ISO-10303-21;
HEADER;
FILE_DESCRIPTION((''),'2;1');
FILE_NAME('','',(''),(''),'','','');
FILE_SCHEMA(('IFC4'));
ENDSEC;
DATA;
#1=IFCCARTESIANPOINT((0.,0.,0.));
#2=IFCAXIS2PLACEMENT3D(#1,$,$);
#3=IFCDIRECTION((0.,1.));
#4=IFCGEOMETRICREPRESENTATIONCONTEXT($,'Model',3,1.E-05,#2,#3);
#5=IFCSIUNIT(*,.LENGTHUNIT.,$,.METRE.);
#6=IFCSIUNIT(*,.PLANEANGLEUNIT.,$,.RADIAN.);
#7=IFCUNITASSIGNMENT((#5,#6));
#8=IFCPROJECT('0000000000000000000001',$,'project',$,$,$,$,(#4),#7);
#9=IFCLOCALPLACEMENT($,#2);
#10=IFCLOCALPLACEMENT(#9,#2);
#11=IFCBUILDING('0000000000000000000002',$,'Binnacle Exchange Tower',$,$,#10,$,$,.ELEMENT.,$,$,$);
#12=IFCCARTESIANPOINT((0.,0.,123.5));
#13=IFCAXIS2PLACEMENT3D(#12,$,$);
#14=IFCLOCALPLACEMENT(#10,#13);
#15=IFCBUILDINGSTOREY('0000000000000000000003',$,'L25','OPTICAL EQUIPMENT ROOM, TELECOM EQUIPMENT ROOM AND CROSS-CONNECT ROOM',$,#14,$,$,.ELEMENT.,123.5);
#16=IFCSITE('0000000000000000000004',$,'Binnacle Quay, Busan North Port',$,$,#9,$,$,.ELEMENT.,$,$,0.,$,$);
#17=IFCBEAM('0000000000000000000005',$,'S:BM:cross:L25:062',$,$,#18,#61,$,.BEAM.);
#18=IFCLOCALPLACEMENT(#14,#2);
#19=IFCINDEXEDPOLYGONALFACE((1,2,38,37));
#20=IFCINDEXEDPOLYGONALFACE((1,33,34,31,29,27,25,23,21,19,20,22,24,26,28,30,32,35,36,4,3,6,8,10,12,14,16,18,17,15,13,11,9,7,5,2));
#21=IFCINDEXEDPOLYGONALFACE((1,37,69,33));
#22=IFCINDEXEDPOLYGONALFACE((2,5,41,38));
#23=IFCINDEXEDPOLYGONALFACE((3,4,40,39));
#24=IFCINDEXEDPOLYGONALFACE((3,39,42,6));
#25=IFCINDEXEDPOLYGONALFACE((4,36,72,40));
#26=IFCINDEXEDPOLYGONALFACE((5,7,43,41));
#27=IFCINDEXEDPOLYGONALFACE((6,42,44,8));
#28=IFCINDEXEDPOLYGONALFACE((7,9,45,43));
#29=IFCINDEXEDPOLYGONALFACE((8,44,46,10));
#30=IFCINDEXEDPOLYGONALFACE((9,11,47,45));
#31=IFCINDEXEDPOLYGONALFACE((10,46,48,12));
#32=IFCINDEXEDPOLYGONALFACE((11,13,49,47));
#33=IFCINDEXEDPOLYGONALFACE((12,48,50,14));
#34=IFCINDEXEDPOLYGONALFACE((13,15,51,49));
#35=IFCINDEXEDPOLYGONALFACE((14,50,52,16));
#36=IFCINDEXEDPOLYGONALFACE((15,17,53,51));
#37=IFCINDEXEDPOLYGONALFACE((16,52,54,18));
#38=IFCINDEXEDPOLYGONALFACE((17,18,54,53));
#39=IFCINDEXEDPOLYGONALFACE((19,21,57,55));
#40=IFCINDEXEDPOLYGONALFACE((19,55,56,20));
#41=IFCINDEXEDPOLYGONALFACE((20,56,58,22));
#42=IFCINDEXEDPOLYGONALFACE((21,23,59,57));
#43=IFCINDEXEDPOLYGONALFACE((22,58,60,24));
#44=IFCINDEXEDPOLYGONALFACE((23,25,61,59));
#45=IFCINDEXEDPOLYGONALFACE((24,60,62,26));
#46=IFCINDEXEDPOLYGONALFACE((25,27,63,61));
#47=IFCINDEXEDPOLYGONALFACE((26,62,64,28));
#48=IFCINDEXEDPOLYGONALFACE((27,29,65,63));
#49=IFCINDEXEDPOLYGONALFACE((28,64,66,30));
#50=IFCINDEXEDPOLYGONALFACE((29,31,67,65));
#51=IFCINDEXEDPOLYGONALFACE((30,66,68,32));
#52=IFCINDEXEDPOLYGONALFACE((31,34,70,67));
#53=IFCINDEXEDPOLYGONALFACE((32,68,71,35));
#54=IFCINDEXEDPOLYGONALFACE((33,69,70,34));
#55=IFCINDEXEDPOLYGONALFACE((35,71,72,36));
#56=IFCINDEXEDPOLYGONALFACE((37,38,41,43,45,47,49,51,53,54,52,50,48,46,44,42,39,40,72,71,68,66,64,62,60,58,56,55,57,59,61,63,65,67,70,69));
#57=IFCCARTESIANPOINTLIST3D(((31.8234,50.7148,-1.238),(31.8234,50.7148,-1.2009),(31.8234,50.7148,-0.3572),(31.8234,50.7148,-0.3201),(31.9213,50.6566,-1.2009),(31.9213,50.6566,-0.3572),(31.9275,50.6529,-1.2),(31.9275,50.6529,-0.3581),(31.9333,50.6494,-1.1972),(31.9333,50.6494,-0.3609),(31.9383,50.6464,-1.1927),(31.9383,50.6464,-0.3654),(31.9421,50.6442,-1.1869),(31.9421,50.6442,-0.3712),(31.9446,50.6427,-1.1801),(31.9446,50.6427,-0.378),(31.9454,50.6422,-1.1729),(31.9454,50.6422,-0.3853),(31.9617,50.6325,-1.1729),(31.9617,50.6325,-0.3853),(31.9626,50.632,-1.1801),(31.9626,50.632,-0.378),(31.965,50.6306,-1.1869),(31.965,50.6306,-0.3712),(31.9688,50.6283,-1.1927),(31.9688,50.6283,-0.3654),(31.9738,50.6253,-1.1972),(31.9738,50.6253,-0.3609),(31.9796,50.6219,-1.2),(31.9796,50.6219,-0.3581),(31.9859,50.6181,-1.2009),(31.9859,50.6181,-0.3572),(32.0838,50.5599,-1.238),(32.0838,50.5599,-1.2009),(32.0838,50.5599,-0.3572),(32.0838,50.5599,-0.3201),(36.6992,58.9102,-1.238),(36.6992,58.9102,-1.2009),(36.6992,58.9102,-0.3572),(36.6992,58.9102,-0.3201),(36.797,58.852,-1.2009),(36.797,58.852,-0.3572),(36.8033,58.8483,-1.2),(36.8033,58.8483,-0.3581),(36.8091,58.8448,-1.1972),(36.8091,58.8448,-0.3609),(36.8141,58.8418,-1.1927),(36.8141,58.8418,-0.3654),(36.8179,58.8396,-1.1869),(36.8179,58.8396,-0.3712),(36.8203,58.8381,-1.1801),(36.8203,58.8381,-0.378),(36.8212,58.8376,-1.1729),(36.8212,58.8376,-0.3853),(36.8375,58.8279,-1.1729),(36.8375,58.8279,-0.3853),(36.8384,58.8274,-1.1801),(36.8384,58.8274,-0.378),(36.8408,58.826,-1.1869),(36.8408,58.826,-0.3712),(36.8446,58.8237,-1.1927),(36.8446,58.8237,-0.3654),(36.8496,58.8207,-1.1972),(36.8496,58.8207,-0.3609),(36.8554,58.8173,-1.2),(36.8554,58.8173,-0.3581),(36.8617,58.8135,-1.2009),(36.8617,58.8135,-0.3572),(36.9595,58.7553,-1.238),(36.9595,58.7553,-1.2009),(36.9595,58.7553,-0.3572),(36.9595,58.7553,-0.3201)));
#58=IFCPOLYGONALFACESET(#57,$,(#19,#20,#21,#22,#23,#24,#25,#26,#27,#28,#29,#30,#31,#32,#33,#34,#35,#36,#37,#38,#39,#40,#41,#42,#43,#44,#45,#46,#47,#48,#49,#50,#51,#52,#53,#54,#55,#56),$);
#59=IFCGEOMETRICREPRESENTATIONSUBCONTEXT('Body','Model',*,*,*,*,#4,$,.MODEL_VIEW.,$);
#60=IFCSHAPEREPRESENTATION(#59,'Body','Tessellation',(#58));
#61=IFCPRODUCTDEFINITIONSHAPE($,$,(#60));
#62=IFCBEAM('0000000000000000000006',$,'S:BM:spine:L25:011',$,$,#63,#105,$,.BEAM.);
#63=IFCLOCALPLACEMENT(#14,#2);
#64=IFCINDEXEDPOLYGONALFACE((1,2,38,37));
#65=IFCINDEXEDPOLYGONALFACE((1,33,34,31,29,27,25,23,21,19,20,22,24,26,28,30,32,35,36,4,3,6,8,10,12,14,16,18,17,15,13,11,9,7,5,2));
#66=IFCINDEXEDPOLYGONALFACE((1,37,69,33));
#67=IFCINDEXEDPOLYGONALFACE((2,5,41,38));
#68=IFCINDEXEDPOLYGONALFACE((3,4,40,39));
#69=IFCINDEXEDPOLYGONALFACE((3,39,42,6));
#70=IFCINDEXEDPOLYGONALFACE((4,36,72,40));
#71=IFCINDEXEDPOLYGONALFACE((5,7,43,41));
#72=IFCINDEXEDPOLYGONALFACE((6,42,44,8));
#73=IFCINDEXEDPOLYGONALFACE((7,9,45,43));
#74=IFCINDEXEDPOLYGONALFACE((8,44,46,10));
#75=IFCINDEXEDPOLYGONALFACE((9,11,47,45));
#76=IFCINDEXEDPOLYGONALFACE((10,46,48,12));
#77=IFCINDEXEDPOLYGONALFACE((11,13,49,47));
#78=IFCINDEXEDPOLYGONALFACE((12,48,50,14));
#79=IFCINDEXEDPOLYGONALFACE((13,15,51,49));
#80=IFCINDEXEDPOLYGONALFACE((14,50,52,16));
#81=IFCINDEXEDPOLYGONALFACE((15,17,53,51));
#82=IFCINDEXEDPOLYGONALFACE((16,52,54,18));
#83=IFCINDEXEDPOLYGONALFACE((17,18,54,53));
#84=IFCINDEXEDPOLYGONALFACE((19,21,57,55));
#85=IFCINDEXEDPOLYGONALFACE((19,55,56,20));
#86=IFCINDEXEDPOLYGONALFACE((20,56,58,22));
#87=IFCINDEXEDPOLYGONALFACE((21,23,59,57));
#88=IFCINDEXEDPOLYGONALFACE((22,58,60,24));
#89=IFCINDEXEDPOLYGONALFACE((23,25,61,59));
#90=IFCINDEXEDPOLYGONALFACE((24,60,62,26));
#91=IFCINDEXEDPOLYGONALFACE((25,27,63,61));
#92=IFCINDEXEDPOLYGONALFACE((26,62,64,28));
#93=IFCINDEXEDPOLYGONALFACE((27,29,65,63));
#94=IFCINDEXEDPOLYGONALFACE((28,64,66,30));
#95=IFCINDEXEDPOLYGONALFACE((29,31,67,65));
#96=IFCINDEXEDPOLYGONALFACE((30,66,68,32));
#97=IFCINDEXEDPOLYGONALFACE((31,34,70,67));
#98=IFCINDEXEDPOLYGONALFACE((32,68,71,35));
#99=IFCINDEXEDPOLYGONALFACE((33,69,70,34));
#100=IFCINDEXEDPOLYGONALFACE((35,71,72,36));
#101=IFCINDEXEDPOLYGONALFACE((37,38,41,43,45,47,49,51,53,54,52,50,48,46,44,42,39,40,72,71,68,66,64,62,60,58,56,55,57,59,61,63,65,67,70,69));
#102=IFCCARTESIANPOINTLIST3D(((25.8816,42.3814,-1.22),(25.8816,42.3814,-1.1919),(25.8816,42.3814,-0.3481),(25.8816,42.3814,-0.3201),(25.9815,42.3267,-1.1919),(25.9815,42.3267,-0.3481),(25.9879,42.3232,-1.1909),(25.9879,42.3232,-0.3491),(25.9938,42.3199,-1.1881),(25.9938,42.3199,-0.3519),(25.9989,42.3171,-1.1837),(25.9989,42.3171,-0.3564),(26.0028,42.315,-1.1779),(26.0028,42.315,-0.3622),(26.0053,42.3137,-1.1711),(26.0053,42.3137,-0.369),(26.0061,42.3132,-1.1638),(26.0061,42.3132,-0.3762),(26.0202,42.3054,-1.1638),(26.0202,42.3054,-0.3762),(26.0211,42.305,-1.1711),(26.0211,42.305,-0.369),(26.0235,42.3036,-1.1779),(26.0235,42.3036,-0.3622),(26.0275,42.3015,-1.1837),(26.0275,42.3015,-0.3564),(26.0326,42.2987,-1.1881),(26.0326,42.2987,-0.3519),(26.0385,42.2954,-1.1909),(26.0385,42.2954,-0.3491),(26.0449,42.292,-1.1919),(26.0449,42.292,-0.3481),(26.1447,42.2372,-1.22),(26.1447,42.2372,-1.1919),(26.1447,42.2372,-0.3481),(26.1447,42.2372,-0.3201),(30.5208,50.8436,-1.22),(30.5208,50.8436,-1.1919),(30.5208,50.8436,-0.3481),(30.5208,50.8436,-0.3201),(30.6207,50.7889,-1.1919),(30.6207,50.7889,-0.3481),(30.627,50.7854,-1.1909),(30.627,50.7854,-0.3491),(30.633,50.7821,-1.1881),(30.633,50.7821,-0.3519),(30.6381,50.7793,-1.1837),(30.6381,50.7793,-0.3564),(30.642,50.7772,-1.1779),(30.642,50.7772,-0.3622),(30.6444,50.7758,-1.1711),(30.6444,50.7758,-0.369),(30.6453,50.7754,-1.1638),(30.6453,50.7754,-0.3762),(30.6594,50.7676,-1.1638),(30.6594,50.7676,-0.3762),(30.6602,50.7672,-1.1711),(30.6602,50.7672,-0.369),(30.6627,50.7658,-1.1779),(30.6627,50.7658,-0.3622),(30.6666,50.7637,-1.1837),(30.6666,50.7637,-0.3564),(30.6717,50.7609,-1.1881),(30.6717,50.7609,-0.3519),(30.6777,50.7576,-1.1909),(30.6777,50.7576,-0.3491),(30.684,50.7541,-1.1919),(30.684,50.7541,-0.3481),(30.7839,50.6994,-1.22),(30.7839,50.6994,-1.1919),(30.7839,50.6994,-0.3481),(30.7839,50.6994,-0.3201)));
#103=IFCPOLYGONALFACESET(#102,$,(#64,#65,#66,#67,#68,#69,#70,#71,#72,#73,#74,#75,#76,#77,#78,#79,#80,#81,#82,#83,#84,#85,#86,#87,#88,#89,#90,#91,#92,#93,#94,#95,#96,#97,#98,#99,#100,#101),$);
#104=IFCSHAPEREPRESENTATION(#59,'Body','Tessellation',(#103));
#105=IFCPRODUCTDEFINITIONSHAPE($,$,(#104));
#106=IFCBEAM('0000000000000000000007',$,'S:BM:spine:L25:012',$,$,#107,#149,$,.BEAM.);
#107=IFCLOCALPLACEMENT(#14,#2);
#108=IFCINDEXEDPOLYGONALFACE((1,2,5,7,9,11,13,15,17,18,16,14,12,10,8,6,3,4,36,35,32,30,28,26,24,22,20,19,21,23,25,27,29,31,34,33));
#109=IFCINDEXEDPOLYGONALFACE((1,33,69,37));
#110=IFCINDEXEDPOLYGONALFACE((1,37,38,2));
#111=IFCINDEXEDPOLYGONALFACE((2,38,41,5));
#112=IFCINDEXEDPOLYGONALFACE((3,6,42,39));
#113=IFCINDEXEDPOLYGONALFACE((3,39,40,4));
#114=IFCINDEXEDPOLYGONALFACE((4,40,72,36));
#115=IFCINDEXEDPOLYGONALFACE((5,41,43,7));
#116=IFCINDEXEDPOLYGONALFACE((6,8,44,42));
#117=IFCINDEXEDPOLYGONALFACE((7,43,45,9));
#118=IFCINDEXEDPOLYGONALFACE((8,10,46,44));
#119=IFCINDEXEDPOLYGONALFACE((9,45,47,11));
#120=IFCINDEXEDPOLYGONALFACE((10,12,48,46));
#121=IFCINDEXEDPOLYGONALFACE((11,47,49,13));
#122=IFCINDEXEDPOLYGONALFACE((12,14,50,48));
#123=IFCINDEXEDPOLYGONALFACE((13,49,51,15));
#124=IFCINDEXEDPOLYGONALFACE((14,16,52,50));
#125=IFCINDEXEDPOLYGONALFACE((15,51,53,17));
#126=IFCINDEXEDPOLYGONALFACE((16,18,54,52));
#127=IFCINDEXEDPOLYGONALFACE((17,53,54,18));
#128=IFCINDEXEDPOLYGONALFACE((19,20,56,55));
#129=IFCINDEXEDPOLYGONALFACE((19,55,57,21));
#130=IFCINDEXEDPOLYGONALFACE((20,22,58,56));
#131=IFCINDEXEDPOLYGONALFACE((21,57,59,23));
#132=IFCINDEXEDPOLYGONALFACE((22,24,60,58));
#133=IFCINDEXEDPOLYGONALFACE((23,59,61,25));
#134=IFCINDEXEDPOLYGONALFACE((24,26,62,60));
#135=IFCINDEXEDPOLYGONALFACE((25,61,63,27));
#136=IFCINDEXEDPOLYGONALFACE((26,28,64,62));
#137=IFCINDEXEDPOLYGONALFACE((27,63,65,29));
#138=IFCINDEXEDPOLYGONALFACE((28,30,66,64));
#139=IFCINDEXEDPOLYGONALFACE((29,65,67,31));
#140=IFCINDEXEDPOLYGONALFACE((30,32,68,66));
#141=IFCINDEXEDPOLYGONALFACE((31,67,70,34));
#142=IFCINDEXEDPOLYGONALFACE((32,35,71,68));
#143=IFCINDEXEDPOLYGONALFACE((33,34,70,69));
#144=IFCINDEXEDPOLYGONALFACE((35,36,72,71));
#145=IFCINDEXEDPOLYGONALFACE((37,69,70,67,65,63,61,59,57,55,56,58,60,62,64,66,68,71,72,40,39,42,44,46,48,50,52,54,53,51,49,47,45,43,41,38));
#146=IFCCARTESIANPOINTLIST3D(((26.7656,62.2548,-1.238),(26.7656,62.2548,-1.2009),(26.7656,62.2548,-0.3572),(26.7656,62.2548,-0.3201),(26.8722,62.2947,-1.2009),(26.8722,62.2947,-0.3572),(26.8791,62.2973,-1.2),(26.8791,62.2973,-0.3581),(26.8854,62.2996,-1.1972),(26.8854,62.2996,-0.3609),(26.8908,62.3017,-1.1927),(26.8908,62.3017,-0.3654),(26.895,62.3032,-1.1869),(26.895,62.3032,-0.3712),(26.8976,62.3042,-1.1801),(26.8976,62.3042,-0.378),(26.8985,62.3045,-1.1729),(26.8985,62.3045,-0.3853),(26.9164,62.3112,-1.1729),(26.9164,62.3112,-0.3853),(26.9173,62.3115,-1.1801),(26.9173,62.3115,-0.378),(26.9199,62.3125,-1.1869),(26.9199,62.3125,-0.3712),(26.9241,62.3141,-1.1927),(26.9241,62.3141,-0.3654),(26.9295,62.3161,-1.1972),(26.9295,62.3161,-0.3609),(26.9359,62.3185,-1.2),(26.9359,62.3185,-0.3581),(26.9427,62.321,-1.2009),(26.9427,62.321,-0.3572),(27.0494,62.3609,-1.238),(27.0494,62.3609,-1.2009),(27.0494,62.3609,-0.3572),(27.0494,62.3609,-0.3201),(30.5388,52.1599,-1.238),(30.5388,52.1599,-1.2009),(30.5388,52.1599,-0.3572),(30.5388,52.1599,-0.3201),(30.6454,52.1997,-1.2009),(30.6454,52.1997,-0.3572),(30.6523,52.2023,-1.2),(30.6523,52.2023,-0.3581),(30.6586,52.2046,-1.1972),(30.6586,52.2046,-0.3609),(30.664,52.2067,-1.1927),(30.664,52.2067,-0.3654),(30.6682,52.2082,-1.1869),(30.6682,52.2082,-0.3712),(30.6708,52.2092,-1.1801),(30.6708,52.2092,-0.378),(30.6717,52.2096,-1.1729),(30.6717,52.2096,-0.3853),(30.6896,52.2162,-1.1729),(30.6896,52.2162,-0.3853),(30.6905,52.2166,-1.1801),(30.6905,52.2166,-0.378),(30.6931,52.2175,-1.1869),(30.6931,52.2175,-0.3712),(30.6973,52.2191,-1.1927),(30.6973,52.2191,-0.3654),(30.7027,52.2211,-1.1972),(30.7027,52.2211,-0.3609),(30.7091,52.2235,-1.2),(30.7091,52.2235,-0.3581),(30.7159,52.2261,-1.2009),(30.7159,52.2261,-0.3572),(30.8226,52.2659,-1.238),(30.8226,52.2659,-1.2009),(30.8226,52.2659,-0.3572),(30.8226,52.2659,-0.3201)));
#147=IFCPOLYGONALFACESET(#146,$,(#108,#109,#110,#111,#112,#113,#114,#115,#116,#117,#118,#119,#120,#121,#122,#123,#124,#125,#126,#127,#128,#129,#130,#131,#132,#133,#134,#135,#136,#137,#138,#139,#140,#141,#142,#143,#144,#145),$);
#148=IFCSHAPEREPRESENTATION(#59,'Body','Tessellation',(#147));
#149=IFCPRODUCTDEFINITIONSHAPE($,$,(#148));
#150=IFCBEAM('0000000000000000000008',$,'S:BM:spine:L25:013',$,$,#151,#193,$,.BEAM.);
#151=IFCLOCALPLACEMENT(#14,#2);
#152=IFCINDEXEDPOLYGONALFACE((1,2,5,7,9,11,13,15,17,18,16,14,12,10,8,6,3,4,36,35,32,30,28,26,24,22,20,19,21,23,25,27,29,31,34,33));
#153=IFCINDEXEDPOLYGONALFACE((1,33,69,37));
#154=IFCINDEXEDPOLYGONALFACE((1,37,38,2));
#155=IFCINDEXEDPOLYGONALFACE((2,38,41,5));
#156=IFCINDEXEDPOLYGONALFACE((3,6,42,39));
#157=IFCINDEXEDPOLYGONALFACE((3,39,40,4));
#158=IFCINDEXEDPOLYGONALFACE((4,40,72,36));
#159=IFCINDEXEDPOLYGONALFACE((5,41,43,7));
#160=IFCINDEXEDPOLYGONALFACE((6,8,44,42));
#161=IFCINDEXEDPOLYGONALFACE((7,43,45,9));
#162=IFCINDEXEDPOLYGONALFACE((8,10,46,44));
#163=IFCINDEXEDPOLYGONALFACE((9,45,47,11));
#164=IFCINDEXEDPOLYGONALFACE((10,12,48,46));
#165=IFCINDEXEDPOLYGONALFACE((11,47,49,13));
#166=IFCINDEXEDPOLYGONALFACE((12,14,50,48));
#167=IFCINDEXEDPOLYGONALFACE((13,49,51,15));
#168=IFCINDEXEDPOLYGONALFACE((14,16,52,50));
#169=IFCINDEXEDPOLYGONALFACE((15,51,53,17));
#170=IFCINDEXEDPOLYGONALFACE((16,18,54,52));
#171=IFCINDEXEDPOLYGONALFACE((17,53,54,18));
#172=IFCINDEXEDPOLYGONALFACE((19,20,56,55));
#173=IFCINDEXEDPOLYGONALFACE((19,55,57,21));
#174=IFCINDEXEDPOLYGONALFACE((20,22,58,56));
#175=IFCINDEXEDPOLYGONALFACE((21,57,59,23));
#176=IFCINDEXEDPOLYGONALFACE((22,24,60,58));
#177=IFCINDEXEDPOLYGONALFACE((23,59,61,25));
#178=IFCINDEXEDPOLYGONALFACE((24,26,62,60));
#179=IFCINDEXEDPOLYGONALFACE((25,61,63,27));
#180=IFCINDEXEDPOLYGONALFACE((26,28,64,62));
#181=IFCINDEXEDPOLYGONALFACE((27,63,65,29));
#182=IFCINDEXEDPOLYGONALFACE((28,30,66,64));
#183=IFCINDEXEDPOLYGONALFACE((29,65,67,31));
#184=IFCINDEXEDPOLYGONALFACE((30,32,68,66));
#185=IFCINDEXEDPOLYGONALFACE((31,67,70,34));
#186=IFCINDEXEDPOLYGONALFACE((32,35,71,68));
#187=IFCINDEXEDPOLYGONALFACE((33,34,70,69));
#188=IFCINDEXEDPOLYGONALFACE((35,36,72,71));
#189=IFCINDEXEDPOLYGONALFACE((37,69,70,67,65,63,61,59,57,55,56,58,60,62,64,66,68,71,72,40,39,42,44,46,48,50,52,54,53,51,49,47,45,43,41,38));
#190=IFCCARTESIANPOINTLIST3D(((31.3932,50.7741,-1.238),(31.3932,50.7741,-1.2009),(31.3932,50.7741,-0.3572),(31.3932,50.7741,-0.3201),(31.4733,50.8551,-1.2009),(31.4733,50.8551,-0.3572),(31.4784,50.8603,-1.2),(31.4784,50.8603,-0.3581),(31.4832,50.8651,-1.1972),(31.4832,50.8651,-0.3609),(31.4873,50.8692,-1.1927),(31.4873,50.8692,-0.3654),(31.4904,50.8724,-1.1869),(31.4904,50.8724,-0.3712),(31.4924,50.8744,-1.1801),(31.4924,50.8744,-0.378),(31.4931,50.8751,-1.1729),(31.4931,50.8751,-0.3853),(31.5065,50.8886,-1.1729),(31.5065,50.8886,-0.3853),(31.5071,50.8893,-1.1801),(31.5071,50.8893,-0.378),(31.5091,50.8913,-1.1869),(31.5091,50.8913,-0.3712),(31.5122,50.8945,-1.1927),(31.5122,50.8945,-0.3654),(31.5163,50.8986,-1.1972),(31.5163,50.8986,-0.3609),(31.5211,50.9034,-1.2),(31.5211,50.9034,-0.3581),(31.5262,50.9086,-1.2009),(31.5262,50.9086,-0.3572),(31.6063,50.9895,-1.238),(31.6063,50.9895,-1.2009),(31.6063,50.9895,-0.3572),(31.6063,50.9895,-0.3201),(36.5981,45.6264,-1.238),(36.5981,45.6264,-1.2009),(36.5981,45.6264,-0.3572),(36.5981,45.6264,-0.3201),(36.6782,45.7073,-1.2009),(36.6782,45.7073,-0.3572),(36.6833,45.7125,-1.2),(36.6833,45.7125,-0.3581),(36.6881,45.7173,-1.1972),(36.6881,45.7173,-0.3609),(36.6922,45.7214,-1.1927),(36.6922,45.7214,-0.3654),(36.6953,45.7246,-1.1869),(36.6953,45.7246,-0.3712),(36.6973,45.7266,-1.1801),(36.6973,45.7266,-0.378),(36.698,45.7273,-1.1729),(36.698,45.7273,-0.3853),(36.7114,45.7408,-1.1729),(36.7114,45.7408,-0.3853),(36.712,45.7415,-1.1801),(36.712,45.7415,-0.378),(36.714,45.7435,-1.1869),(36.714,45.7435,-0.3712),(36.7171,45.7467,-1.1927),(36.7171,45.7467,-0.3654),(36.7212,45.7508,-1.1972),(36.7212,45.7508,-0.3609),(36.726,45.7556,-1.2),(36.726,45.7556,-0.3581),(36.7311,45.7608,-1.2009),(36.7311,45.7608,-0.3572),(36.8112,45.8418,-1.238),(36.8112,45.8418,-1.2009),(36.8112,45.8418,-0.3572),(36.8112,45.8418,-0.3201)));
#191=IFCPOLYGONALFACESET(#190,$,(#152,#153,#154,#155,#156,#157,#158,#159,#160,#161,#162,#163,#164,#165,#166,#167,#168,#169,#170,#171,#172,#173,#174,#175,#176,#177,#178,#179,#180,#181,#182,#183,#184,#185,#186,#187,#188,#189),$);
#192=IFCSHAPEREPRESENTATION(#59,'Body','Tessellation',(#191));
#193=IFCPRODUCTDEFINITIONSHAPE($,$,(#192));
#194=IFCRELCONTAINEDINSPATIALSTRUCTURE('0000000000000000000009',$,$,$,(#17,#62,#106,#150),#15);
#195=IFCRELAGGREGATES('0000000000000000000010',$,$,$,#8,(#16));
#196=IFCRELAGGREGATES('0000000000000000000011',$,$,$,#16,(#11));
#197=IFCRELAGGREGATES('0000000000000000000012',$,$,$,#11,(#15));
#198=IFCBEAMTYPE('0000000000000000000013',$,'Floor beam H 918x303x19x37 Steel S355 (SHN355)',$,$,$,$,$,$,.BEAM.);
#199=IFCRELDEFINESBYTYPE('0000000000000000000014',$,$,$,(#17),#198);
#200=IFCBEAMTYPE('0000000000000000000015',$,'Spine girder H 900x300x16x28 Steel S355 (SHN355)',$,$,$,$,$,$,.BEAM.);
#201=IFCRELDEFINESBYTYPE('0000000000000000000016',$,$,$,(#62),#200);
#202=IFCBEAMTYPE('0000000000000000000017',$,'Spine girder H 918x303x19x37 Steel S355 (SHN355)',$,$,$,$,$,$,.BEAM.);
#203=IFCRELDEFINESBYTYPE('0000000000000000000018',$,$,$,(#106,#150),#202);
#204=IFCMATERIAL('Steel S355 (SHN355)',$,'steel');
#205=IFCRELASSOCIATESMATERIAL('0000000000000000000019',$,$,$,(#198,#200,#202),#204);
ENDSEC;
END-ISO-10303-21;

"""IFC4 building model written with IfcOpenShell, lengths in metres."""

from ifc_helpers import new_model, si_unit, direction, frame, origin, origin_2d, place, context, subcontext, project, spatial, i_section, extrude, material, material_profile, profile_set, type_object, element, save


model = new_model("IFC4")

# Units and contexts
model_context = context("Model", 3, precision=1e-05, world=origin(), true_north=direction((0.0, 1.0)))
body_context = subcontext(model_context, "Body", "Model", "MODEL_VIEW")
ifc_project = project(units=[si_unit("LENGTHUNIT", "METRE"), si_unit("PLANEANGLEUNIT", "RADIAN")], contexts=[model_context])

# Site, building, storey
site_placement = place(None, origin())
site = spatial("IfcSite", under=ifc_project, at=site_placement, Name="Binnacle Quay, Busan North Port", CompositionType="ELEMENT", RefElevation=0.0)
building_placement = place(site_placement, origin())
building = spatial("IfcBuilding", under=site, at=building_placement, Name="Binnacle Exchange Tower", CompositionType="ELEMENT")
storey_placement = place(building_placement, frame((0.0, 0.0, 123.5)))
storey = spatial("IfcBuildingStorey", under=building, at=storey_placement, Name="L25", Description="OPTICAL EQUIPMENT ROOM, TELECOM EQUIPMENT ROOM AND CROSS-CONNECT ROOM", CompositionType="ELEMENT", Elevation=123.5)

# Beams
ifc_material_1 = material(Name="Steel S355 (SHN355)", Category="steel")
ifc_material_profile_1 = material_profile(ifc_material_1, i_section(OverallWidth=0.303, OverallDepth=0.918, WebThickness=0.019, FlangeThickness=0.0371, FilletRadius=0.0281, at=origin_2d()), Name="H 918x303x19x37")
ifc_profile_set_1 = profile_set([ifc_material_profile_1], Name="Steel S355 (SHN355)")
beam_type_1 = type_object("IfcBeamType", Name="Floor beam H 918x303x19x37 Steel S355 (SHN355)", PredefinedType="BEAM", material=ifc_profile_set_1)
beam_1_placement = place(storey_placement, frame((36.8293, 58.8328, -0.7791), z_axis=(-0.511296, -0.859405, 0.0), x_axis=(0.859405, -0.511296, 0.0)))
element("IfcBeam", 1, at=beam_1_placement, inside=storey, type_object=beam_type_1, Name="S:BM:cross:L25:062", PredefinedType="BEAM", context=body_context, shape_type="SweptSolid", body=[
    extrude(i_section(OverallWidth=0.303, OverallDepth=0.918, WebThickness=0.019, FlangeThickness=0.0371, FilletRadius=0.0281, at=origin_2d()), origin(), (0.0, 0.0, 1.0), 9.5361),
])
ifc_material_profile_2 = material_profile(ifc_material_1, i_section(OverallWidth=0.3, OverallDepth=0.8999, WebThickness=0.0161, FlangeThickness=0.0281, FilletRadius=0.0281, at=origin_2d()), Name="H 900x300x16x28")
ifc_profile_set_2 = profile_set([ifc_material_profile_2], Name="Steel S355 (SHN355)")
beam_type_2 = type_object("IfcBeamType", Name="Spine girder H 900x300x16x28 Steel S355 (SHN355)", PredefinedType="BEAM", material=ifc_profile_set_2)
beam_2_placement = place(storey_placement, frame((30.6523, 50.7715, -0.77), z_axis=(-0.480723, -0.876873, 0.0), x_axis=(0.876873, -0.480723, 0.0)))
element("IfcBeam", 2, at=beam_2_placement, inside=storey, type_object=beam_type_2, Name="S:BM:spine:L25:011", PredefinedType="BEAM", context=body_context, shape_type="SweptSolid", body=[
    extrude(i_section(OverallWidth=0.3, OverallDepth=0.8999, WebThickness=0.0161, FlangeThickness=0.0281, FilletRadius=0.0281, at=origin_2d()), origin(), (0.0, 0.0, 1.0), 9.6504),
])
ifc_material_profile_3 = material_profile(ifc_material_1, i_section(OverallWidth=0.303, OverallDepth=0.918, WebThickness=0.019, FlangeThickness=0.0371, FilletRadius=0.0281, at=origin_2d()), Name="H 918x303x19x37")
ifc_profile_set_3 = profile_set([ifc_material_profile_3], Name="Steel S355 (SHN355)")
beam_type_3 = type_object("IfcBeamType", Name="Spine girder H 918x303x19x37 Steel S355 (SHN355)", PredefinedType="BEAM", material=ifc_profile_set_3)
beam_3_placement = place(storey_placement, frame((30.6807, 52.2129, -0.7791), z_axis=(-0.350113, 0.936708, 0.0), x_axis=(-0.936708, -0.350113, 0.0)))
element("IfcBeam", 3, at=beam_3_placement, inside=storey, type_object=beam_type_3, Name="S:BM:spine:L25:012", PredefinedType="BEAM", context=body_context, shape_type="SweptSolid", body=[
    extrude(i_section(OverallWidth=0.303, OverallDepth=0.918, WebThickness=0.019, FlangeThickness=0.0371, FilletRadius=0.0281, at=origin_2d()), origin(), (0.0, 0.0, 1.0), 10.7771),
])
beam_4_placement = place(storey_placement, frame((31.4998, 50.8818, -0.7791), z_axis=(0.710998, -0.703194, 0.0), x_axis=(0.703194, 0.710998, 0.0)))
element("IfcBeam", 4, at=beam_4_placement, inside=storey, type_object=beam_type_3, Name="S:BM:spine:L25:013", PredefinedType="BEAM", context=body_context, shape_type="SweptSolid", body=[
    extrude(i_section(OverallWidth=0.303, OverallDepth=0.918, WebThickness=0.019, FlangeThickness=0.0371, FilletRadius=0.0281, at=origin_2d()), origin(), (0.0, 0.0, 1.0), 7.3206),
])

save(model, "model.ifc")
